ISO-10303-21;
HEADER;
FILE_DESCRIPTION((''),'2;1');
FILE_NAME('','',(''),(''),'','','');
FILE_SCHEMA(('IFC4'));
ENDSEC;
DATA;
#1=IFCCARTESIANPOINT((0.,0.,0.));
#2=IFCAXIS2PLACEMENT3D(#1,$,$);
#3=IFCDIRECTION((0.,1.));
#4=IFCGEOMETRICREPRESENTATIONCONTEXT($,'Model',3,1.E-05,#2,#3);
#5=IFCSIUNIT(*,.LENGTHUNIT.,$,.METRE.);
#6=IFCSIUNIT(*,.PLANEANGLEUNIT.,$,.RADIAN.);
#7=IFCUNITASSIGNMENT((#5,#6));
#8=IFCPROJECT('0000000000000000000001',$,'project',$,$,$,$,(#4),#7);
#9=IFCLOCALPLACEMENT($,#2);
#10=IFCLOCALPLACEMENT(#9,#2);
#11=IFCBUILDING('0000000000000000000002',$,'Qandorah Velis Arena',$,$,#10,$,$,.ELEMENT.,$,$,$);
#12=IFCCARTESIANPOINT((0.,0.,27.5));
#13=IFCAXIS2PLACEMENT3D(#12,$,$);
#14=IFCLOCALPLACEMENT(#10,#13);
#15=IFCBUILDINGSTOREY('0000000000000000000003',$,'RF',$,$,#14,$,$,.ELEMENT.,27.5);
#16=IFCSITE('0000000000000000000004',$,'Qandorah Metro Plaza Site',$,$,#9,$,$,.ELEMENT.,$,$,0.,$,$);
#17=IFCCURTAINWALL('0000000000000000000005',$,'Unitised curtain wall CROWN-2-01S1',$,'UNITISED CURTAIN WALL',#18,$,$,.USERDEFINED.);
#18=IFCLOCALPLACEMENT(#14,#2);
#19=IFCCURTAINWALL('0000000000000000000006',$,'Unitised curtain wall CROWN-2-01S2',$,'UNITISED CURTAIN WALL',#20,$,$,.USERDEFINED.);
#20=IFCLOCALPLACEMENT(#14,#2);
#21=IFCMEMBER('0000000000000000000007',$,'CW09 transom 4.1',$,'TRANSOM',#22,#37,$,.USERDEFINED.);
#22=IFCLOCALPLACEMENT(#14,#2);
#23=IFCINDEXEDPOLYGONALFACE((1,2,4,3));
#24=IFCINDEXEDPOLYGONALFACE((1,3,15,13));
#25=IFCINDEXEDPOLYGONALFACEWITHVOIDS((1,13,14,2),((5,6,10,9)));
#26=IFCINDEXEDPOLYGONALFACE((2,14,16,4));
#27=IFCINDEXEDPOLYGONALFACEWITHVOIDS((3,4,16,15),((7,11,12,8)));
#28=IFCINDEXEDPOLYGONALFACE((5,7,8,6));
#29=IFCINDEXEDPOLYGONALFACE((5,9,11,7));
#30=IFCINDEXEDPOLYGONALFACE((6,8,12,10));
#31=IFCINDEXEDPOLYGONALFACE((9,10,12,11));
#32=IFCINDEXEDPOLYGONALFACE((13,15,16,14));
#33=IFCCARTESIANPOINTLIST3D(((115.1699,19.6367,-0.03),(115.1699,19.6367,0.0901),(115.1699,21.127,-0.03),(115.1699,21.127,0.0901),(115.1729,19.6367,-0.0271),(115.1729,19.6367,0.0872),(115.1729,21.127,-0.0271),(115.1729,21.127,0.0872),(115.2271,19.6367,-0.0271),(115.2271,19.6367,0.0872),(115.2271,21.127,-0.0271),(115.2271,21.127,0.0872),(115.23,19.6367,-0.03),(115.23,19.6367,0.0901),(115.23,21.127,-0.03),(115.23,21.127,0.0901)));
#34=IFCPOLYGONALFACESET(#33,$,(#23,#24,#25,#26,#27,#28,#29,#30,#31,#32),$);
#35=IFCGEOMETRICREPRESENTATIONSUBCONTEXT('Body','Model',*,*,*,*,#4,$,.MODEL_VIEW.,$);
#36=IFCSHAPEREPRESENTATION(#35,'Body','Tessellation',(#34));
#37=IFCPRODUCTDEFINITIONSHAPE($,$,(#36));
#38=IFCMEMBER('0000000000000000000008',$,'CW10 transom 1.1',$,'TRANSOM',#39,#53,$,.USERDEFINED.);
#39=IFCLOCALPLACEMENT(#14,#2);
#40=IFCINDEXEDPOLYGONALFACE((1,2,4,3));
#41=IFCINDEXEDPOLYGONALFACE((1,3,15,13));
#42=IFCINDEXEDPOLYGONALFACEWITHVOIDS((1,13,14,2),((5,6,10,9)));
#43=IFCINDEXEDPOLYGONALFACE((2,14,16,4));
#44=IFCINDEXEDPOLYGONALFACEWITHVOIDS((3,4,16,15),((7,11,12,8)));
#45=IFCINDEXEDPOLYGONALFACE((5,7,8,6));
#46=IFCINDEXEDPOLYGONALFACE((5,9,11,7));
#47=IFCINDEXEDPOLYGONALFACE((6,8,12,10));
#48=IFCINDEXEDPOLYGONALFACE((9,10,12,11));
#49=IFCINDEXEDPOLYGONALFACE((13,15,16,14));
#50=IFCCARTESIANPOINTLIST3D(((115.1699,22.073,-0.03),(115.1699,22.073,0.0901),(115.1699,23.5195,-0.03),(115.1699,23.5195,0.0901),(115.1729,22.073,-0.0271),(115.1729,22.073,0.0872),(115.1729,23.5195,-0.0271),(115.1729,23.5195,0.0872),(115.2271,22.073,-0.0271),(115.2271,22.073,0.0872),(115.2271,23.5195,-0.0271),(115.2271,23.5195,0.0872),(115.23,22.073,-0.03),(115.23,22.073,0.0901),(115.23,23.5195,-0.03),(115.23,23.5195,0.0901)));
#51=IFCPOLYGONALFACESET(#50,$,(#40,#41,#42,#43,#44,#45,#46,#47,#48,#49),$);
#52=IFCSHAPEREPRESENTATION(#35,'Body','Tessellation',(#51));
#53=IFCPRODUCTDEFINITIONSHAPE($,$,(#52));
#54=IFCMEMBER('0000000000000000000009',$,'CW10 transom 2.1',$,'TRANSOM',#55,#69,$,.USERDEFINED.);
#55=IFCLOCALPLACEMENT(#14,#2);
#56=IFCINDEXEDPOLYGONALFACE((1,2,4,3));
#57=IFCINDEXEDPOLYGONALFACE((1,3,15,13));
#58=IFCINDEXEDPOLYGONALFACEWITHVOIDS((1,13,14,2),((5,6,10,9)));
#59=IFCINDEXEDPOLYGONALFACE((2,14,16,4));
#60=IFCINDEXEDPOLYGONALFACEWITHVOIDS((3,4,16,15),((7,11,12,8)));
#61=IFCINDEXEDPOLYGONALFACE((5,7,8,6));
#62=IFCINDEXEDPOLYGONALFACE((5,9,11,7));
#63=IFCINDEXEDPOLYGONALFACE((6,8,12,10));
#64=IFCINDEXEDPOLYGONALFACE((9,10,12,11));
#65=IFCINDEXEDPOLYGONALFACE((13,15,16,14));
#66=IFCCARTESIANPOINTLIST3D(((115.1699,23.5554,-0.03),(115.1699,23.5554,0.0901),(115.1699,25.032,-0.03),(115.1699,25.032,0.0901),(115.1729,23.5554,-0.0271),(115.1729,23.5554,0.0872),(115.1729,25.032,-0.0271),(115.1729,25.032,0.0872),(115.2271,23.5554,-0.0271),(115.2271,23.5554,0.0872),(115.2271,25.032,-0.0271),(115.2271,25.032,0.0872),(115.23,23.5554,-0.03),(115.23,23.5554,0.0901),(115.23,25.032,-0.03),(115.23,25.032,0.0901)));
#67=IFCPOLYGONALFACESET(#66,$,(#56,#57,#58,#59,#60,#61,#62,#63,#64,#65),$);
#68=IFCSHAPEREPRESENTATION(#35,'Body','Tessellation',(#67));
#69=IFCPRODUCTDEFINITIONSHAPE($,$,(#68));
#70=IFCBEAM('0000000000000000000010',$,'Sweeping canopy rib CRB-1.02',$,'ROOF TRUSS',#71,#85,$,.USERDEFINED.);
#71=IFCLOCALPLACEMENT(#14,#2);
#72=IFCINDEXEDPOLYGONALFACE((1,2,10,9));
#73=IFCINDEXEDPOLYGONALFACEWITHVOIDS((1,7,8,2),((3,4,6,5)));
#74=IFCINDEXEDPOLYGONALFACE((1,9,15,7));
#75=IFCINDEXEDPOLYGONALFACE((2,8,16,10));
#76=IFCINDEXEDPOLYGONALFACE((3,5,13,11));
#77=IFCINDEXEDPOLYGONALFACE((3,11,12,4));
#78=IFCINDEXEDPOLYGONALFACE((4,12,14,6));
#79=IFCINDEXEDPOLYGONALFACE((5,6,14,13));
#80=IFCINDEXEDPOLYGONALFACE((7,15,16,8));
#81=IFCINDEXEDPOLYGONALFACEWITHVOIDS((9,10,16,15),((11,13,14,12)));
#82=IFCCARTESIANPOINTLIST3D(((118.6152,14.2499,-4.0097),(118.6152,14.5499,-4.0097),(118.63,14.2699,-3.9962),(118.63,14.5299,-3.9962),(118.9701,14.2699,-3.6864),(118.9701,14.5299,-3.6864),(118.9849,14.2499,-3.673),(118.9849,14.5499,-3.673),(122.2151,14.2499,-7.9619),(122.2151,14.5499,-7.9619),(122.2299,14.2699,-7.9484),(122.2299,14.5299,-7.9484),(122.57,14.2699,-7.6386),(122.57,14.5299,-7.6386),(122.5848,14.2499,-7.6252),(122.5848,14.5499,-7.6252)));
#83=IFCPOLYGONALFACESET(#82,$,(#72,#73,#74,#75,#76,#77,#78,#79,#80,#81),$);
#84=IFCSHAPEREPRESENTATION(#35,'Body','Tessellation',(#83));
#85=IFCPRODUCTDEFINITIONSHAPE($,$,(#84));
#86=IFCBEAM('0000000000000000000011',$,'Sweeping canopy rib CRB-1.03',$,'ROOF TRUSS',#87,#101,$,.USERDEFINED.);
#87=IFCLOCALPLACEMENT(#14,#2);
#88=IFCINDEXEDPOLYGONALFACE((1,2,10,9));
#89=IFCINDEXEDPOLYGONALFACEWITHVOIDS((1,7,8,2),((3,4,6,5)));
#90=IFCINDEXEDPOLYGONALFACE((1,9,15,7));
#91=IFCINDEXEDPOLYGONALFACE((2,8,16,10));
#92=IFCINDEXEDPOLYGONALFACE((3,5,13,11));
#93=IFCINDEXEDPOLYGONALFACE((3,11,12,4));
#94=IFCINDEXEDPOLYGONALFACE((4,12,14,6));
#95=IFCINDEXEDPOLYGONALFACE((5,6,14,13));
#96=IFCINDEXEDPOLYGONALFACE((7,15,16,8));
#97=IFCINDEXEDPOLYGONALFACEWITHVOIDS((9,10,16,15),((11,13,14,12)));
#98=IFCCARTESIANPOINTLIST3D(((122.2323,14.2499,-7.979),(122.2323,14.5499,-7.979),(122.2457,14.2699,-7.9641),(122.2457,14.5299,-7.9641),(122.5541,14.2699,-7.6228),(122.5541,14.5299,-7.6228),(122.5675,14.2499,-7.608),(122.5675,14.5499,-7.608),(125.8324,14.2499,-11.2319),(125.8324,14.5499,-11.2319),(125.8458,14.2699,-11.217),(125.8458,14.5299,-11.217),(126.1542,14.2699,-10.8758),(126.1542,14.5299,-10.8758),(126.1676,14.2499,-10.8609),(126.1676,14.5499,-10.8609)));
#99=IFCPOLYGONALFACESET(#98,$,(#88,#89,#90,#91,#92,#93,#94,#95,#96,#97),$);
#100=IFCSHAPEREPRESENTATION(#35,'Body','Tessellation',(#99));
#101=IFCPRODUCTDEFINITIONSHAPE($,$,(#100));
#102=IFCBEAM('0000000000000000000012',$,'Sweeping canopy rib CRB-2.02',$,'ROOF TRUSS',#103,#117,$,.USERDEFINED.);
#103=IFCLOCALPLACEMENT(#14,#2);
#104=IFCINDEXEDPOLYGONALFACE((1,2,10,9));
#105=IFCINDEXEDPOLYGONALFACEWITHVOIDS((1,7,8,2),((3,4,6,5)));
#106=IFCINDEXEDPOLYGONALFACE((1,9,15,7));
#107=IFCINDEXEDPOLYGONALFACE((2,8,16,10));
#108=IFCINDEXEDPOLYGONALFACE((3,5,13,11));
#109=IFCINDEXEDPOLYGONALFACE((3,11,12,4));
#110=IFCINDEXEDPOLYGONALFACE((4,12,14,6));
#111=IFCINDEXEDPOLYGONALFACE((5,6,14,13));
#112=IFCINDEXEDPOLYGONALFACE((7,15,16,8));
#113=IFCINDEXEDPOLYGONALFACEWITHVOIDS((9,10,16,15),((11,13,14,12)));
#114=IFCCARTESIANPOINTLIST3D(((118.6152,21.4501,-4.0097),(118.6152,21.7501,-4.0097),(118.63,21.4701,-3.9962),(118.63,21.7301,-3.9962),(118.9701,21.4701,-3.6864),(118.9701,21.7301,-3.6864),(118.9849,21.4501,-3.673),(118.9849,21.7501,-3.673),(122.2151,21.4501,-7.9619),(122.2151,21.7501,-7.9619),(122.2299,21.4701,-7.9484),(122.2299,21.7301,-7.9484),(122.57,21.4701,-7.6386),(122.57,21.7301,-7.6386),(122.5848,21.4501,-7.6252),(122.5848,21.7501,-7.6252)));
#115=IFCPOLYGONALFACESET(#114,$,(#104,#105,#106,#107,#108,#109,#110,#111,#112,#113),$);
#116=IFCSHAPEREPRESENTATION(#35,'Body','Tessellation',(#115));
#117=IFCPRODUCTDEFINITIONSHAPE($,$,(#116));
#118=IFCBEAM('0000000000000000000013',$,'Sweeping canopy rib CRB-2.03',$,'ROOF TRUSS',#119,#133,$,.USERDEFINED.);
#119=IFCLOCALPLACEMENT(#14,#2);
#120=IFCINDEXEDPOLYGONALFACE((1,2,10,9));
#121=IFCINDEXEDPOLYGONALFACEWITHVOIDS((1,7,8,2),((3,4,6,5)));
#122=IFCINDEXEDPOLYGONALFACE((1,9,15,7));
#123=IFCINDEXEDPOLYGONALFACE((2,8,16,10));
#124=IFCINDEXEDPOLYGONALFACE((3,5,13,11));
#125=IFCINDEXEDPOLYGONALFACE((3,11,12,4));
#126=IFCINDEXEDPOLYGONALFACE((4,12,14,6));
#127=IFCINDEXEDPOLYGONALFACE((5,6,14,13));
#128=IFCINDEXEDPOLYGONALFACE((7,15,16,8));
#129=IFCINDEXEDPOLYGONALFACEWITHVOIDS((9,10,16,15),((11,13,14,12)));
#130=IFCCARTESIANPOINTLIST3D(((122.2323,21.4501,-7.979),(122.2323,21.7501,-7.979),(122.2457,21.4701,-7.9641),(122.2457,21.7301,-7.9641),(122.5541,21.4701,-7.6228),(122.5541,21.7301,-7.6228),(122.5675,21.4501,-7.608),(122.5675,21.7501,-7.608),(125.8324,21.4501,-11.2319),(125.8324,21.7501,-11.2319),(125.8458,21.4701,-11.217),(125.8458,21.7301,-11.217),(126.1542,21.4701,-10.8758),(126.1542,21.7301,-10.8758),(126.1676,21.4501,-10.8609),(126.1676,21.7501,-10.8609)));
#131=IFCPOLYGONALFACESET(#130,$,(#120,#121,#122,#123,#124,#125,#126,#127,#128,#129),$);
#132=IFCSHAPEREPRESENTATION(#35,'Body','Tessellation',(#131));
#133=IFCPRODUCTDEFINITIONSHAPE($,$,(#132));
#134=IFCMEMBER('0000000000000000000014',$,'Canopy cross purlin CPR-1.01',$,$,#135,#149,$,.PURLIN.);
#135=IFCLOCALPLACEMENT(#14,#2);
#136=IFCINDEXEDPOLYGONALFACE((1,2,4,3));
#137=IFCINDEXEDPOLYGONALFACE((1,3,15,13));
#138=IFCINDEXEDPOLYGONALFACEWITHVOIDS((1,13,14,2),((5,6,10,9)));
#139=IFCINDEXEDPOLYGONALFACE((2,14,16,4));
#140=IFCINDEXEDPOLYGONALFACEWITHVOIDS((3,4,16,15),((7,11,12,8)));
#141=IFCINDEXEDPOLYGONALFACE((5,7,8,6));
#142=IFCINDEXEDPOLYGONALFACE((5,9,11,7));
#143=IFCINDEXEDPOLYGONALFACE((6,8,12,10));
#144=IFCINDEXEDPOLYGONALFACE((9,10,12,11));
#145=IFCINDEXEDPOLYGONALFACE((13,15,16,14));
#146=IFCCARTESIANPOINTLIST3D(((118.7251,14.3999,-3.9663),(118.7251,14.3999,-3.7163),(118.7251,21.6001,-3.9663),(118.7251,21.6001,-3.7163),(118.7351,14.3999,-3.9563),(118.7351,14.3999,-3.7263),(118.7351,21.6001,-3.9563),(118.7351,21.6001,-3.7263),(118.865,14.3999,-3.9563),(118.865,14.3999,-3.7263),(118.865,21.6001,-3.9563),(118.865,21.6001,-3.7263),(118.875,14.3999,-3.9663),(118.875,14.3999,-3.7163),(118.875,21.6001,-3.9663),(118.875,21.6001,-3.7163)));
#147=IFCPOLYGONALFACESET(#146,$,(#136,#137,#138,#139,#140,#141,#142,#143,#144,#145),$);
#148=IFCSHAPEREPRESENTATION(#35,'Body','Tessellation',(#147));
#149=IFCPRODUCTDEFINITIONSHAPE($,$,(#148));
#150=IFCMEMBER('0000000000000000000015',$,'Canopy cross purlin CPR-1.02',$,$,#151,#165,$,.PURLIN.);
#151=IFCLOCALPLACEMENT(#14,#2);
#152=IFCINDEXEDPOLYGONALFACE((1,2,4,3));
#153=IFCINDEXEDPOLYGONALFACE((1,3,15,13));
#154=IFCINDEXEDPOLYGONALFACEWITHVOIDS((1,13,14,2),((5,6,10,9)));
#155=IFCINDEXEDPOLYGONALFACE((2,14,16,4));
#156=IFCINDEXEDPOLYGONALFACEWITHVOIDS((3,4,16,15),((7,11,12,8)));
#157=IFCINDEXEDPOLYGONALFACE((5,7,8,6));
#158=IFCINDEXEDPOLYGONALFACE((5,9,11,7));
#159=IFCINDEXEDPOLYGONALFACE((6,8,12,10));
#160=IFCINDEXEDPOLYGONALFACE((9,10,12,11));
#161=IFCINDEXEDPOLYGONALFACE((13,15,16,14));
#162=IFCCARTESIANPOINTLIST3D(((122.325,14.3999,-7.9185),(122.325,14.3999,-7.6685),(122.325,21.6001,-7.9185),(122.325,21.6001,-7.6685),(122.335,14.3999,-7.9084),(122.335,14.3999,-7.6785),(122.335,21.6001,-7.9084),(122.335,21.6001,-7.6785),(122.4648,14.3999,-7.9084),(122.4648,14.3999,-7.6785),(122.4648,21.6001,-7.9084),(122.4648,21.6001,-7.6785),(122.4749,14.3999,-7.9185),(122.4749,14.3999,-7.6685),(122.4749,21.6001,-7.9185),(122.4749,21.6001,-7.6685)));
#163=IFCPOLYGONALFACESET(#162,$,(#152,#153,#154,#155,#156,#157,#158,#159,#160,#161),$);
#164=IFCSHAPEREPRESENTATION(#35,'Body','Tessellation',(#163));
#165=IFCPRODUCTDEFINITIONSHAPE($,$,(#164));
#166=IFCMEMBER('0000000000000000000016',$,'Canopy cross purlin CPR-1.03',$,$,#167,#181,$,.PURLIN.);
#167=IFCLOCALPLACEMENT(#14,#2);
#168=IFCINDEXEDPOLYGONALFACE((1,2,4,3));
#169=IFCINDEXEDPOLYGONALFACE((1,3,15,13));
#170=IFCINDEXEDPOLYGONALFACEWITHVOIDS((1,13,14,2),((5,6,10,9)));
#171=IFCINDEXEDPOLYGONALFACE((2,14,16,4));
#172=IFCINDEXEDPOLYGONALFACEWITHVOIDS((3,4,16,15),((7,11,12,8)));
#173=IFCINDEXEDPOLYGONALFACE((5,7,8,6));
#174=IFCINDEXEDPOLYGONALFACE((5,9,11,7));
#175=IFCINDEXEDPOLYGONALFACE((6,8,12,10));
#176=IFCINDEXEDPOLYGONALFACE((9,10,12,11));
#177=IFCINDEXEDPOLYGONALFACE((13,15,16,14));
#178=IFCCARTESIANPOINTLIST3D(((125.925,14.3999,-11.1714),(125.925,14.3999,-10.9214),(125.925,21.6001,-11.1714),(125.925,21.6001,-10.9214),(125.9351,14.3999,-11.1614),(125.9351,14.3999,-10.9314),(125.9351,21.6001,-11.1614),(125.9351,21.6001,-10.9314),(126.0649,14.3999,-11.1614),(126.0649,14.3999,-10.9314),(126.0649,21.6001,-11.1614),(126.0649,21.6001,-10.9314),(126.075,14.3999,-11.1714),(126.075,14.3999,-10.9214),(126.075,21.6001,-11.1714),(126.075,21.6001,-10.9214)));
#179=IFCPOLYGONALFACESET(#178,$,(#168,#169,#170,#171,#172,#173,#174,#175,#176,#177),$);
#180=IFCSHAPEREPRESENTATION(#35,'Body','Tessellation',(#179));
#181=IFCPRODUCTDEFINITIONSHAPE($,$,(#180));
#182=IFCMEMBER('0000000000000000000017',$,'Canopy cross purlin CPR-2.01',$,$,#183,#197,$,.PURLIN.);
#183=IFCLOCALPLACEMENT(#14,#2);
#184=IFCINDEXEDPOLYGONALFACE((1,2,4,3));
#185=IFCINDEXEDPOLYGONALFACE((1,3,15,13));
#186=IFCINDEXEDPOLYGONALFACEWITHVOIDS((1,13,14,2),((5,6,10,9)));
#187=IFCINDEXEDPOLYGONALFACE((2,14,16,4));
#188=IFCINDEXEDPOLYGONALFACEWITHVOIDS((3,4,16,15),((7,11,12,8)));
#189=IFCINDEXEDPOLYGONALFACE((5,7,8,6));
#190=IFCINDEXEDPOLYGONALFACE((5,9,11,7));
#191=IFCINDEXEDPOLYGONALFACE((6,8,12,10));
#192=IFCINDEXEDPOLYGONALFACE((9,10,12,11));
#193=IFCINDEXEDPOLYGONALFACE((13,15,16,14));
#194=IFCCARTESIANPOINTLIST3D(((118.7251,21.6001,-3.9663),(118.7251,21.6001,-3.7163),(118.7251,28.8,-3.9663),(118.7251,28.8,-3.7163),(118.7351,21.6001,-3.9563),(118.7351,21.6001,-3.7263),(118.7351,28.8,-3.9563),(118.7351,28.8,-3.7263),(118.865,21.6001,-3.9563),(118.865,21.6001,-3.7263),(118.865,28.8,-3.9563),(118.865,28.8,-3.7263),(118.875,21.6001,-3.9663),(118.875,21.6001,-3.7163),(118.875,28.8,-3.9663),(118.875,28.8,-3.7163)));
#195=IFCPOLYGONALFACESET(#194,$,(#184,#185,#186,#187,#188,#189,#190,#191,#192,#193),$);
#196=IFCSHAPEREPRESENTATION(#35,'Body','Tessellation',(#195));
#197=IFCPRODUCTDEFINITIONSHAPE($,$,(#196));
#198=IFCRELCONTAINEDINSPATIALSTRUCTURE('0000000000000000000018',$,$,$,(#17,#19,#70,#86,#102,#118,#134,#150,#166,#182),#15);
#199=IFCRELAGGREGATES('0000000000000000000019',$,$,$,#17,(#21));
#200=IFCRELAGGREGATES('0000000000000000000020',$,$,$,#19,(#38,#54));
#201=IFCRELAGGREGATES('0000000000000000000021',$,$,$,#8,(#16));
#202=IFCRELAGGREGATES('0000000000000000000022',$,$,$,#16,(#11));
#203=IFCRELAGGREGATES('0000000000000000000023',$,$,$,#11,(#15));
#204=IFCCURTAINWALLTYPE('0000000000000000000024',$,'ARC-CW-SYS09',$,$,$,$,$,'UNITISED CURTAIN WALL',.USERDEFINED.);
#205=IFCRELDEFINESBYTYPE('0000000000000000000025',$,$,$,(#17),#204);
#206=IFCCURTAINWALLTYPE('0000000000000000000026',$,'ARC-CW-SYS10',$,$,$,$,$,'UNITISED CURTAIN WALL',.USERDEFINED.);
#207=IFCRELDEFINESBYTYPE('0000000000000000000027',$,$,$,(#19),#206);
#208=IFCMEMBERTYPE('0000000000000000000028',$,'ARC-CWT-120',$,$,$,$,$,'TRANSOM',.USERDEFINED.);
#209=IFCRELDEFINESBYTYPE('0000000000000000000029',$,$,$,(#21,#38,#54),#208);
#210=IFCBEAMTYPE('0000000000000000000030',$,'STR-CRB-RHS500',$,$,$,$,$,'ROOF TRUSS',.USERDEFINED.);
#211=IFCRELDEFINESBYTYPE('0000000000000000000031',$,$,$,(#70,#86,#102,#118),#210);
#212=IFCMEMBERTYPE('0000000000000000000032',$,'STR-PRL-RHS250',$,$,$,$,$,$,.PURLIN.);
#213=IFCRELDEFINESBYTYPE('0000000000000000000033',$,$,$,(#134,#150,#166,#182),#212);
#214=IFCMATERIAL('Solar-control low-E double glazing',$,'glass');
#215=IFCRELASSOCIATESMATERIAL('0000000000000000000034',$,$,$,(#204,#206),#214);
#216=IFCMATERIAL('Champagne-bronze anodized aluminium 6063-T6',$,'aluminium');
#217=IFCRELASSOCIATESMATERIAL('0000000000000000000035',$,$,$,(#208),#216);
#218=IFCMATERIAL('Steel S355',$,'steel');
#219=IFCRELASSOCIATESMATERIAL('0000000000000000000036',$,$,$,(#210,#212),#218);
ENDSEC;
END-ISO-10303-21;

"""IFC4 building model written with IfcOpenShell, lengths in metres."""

from ifc_helpers import new_model, si_unit, direction, frame, origin, origin_2d, place, context, subcontext, project, spatial, hollow_rectangle, extrude, material, material_profile, profile_set, type_object, element, aggregate, save


model = new_model("IFC4")

# Units and contexts
model_context = context("Model", 3, precision=1e-05, world=origin(), true_north=direction((0.0, 1.0)))
body_context = subcontext(model_context, "Body", "Model", "MODEL_VIEW")
ifc_project = project(units=[si_unit("LENGTHUNIT", "METRE"), si_unit("PLANEANGLEUNIT", "RADIAN")], contexts=[model_context])

# Site, building, storey
site_placement = place(None, origin())
site = spatial("IfcSite", under=ifc_project, at=site_placement, Name="Qandorah Metro Plaza Site", CompositionType="ELEMENT", RefElevation=0.0)
building_placement = place(site_placement, origin())
building = spatial("IfcBuilding", under=site, at=building_placement, Name="Qandorah Velis Arena", CompositionType="ELEMENT")
storey_placement = place(building_placement, frame((0.0, 0.0, 27.5)))
storey = spatial("IfcBuildingStorey", under=building, at=storey_placement, Name="RF", CompositionType="ELEMENT", Elevation=27.5)

# Curtain walls
ifc_material_1 = material(Name="Solar-control low-E double glazing", Category="glass")
curtain_wall_type_1 = type_object("IfcCurtainWallType", Name="ARC-CW-SYS09", ElementType="UNITISED CURTAIN WALL", PredefinedType="USERDEFINED", material=ifc_material_1)
curtain_wall_1_placement = place(storey_placement, origin())
curtain_wall_1 = element("IfcCurtainWall", 1, at=curtain_wall_1_placement, inside=storey, type_object=curtain_wall_type_1, Name="Unitised curtain wall CROWN-2-01S1", ObjectType="UNITISED CURTAIN WALL", PredefinedType="USERDEFINED")
ifc_material_2 = material(Name="Champagne-bronze anodized aluminium 6063-T6", Category="aluminium")
curtain_wall_type_2 = type_object("IfcCurtainWallType", Name="ARC-CW-SYS10", ElementType="UNITISED CURTAIN WALL", PredefinedType="USERDEFINED", material=ifc_material_1)
curtain_wall_2_placement = place(storey_placement, origin())
curtain_wall_2 = element("IfcCurtainWall", 2, at=curtain_wall_2_placement, inside=storey, type_object=curtain_wall_type_2, Name="Unitised curtain wall CROWN-2-01S2", ObjectType="UNITISED CURTAIN WALL", PredefinedType="USERDEFINED")

# Members
ifc_material_profile_1 = material_profile(ifc_material_2, hollow_rectangle(XDim=0.0601, YDim=0.1201, WallThickness=0.0029, at=origin_2d()), Name="ALU TRANSOM 60x120")
ifc_profile_set_1 = profile_set([ifc_material_profile_1], Name="Champagne-bronze anodized aluminium 6063-T6")
member_type_1 = type_object("IfcMemberType", Name="ARC-CWT-120", ElementType="TRANSOM", PredefinedType="USERDEFINED", material=ifc_profile_set_1)
member_1_placement = place(storey_placement, frame((115.2, 19.6367, 0.03), z_axis=(0.0, 1.0, 0.0), x_axis=(-1.0, 0.0, 0.0)))
member_1 = element("IfcMember", 3, at=member_1_placement, type_object=member_type_1, Name="CW09 transom 4.1", ObjectType="TRANSOM", PredefinedType="USERDEFINED", context=body_context, shape_type="SweptSolid", body=[
    extrude(hollow_rectangle(XDim=0.0601, YDim=0.1201, WallThickness=0.0029, at=origin_2d()), origin(), (0.0, 0.0, 1.0), 1.4902),
])
aggregate(curtain_wall_1, [member_1])
member_2_placement = place(storey_placement, frame((115.2, 22.073, 0.03), z_axis=(0.0, 1.0, 0.0), x_axis=(-1.0, 0.0, 0.0)))
member_2 = element("IfcMember", 4, at=member_2_placement, type_object=member_type_1, Name="CW10 transom 1.1", ObjectType="TRANSOM", PredefinedType="USERDEFINED", context=body_context, shape_type="SweptSolid", body=[
    extrude(hollow_rectangle(XDim=0.0601, YDim=0.1201, WallThickness=0.0029, at=origin_2d()), origin(), (0.0, 0.0, 1.0), 1.4465),
])
member_3_placement = place(storey_placement, frame((115.2, 23.5554, 0.03), z_axis=(0.0, 1.0, 0.0), x_axis=(-1.0, 0.0, 0.0)))
member_3 = element("IfcMember", 5, at=member_3_placement, type_object=member_type_1, Name="CW10 transom 2.1", ObjectType="TRANSOM", PredefinedType="USERDEFINED", context=body_context, shape_type="SweptSolid", body=[
    extrude(hollow_rectangle(XDim=0.0601, YDim=0.1201, WallThickness=0.0029, at=origin_2d()), origin(), (0.0, 0.0, 1.0), 1.4766),
])
aggregate(curtain_wall_2, [member_2, member_3])

# Beams
ifc_material_3 = material(Name="Steel S355", Category="steel")
ifc_material_profile_2 = material_profile(ifc_material_3, hollow_rectangle(XDim=0.3, YDim=0.5, WallThickness=0.02, at=origin_2d()), Name="RHS 500x300x20")
ifc_profile_set_2 = profile_set([ifc_material_profile_2], Name="Steel S355")
beam_type = type_object("IfcBeamType", Name="STR-CRB-RHS500", ElementType="ROOF TRUSS", PredefinedType="USERDEFINED", material=ifc_profile_set_2)
beam_1_placement = place(storey_placement, frame((118.8, 14.3999, -3.8413), z_axis=(0.673389, 0.0, -0.739289), x_axis=(0.0, 1.0, 0.0)))
element("IfcBeam", 6, at=beam_1_placement, inside=storey, type_object=beam_type, Name="Sweeping canopy rib CRB-1.02", ObjectType="ROOF TRUSS", PredefinedType="USERDEFINED", context=body_context, shape_type="SweptSolid", body=[
    extrude(hollow_rectangle(XDim=0.3, YDim=0.5, WallThickness=0.02, at=origin_2d()), origin(), (0.0, 0.0, 1.0), 5.3459),
])
beam_2_placement = place(storey_placement, frame((122.3999, 14.3999, -7.7935), z_axis=(0.741977, 0.0, -0.670426), x_axis=(0.0, 1.0, 0.0)))
element("IfcBeam", 7, at=beam_2_placement, inside=storey, type_object=beam_type, Name="Sweeping canopy rib CRB-1.03", ObjectType="ROOF TRUSS", PredefinedType="USERDEFINED", context=body_context, shape_type="SweptSolid", body=[
    extrude(hollow_rectangle(XDim=0.3, YDim=0.5, WallThickness=0.02, at=origin_2d()), origin(), (0.0, 0.0, 1.0), 4.8521),
])
beam_3_placement = place(storey_placement, frame((118.8, 21.6001, -3.8413), z_axis=(0.673389, 0.0, -0.739289), x_axis=(0.0, 1.0, 0.0)))
element("IfcBeam", 8, at=beam_3_placement, inside=storey, type_object=beam_type, Name="Sweeping canopy rib CRB-2.02", ObjectType="ROOF TRUSS", PredefinedType="USERDEFINED", context=body_context, shape_type="SweptSolid", body=[
    extrude(hollow_rectangle(XDim=0.3, YDim=0.5, WallThickness=0.02, at=origin_2d()), origin(), (0.0, 0.0, 1.0), 5.3459),
])
beam_4_placement = place(storey_placement, frame((122.3999, 21.6001, -7.7935), z_axis=(0.741977, 0.0, -0.670426), x_axis=(0.0, 1.0, 0.0)))
element("IfcBeam", 9, at=beam_4_placement, inside=storey, type_object=beam_type, Name="Sweeping canopy rib CRB-2.03", ObjectType="ROOF TRUSS", PredefinedType="USERDEFINED", context=body_context, shape_type="SweptSolid", body=[
    extrude(hollow_rectangle(XDim=0.3, YDim=0.5, WallThickness=0.02, at=origin_2d()), origin(), (0.0, 0.0, 1.0), 4.8521),
])

# Members
ifc_material_profile_3 = material_profile(ifc_material_3, hollow_rectangle(XDim=0.1499, YDim=0.25, WallThickness=0.01, at=origin_2d()), Name="RHS 250x150x10")
ifc_profile_set_3 = profile_set([ifc_material_profile_3], Name="Steel S355")
member_type_2 = type_object("IfcMemberType", Name="STR-PRL-RHS250", PredefinedType="PURLIN", material=ifc_profile_set_3)
for number, where, z_axis, x_axis, name in (
    (10, (118.8, 14.3999, -3.8413), (0.0, 1.0, 0.0), (-1.0, 0.0, 0.0), "Canopy cross purlin CPR-1.01"),
    (11, (122.3999, 14.3999, -7.7935), (0.0, 1.0, 0.0), (-1.0, 0.0, 0.0), "Canopy cross purlin CPR-1.02"),
    (12, (126.0, 14.3999, -11.0464), (0.0, 1.0, 0.0), (-1.0, 0.0, 0.0), "Canopy cross purlin CPR-1.03"),
):
    element("IfcMember", number, at=place(storey_placement, frame(where, z_axis=z_axis, x_axis=x_axis)), inside=storey, type_object=member_type_2, Name=name, PredefinedType="PURLIN", context=body_context, shape_type="SweptSolid", body=[
        extrude(hollow_rectangle(XDim=0.1499, YDim=0.25, WallThickness=0.01, at=origin_2d()), origin(), (0.0, 0.0, 1.0), 7.2002),
    ])
for number, where, z_axis, x_axis, name in (
    (13, (118.8, 21.6001, -3.8413), (0.0, 1.0, 0.0), (-1.0, 0.0, 0.0), "Canopy cross purlin CPR-2.01"),
):
    element("IfcMember", number, at=place(storey_placement, frame(where, z_axis=z_axis, x_axis=x_axis)), inside=storey, type_object=member_type_2, Name=name, PredefinedType="PURLIN", context=body_context, shape_type="SweptSolid", body=[
        extrude(hollow_rectangle(XDim=0.1499, YDim=0.25, WallThickness=0.01, at=origin_2d()), origin(), (0.0, 0.0, 1.0), 7.2),
    ])

save(model, "model.ifc")
